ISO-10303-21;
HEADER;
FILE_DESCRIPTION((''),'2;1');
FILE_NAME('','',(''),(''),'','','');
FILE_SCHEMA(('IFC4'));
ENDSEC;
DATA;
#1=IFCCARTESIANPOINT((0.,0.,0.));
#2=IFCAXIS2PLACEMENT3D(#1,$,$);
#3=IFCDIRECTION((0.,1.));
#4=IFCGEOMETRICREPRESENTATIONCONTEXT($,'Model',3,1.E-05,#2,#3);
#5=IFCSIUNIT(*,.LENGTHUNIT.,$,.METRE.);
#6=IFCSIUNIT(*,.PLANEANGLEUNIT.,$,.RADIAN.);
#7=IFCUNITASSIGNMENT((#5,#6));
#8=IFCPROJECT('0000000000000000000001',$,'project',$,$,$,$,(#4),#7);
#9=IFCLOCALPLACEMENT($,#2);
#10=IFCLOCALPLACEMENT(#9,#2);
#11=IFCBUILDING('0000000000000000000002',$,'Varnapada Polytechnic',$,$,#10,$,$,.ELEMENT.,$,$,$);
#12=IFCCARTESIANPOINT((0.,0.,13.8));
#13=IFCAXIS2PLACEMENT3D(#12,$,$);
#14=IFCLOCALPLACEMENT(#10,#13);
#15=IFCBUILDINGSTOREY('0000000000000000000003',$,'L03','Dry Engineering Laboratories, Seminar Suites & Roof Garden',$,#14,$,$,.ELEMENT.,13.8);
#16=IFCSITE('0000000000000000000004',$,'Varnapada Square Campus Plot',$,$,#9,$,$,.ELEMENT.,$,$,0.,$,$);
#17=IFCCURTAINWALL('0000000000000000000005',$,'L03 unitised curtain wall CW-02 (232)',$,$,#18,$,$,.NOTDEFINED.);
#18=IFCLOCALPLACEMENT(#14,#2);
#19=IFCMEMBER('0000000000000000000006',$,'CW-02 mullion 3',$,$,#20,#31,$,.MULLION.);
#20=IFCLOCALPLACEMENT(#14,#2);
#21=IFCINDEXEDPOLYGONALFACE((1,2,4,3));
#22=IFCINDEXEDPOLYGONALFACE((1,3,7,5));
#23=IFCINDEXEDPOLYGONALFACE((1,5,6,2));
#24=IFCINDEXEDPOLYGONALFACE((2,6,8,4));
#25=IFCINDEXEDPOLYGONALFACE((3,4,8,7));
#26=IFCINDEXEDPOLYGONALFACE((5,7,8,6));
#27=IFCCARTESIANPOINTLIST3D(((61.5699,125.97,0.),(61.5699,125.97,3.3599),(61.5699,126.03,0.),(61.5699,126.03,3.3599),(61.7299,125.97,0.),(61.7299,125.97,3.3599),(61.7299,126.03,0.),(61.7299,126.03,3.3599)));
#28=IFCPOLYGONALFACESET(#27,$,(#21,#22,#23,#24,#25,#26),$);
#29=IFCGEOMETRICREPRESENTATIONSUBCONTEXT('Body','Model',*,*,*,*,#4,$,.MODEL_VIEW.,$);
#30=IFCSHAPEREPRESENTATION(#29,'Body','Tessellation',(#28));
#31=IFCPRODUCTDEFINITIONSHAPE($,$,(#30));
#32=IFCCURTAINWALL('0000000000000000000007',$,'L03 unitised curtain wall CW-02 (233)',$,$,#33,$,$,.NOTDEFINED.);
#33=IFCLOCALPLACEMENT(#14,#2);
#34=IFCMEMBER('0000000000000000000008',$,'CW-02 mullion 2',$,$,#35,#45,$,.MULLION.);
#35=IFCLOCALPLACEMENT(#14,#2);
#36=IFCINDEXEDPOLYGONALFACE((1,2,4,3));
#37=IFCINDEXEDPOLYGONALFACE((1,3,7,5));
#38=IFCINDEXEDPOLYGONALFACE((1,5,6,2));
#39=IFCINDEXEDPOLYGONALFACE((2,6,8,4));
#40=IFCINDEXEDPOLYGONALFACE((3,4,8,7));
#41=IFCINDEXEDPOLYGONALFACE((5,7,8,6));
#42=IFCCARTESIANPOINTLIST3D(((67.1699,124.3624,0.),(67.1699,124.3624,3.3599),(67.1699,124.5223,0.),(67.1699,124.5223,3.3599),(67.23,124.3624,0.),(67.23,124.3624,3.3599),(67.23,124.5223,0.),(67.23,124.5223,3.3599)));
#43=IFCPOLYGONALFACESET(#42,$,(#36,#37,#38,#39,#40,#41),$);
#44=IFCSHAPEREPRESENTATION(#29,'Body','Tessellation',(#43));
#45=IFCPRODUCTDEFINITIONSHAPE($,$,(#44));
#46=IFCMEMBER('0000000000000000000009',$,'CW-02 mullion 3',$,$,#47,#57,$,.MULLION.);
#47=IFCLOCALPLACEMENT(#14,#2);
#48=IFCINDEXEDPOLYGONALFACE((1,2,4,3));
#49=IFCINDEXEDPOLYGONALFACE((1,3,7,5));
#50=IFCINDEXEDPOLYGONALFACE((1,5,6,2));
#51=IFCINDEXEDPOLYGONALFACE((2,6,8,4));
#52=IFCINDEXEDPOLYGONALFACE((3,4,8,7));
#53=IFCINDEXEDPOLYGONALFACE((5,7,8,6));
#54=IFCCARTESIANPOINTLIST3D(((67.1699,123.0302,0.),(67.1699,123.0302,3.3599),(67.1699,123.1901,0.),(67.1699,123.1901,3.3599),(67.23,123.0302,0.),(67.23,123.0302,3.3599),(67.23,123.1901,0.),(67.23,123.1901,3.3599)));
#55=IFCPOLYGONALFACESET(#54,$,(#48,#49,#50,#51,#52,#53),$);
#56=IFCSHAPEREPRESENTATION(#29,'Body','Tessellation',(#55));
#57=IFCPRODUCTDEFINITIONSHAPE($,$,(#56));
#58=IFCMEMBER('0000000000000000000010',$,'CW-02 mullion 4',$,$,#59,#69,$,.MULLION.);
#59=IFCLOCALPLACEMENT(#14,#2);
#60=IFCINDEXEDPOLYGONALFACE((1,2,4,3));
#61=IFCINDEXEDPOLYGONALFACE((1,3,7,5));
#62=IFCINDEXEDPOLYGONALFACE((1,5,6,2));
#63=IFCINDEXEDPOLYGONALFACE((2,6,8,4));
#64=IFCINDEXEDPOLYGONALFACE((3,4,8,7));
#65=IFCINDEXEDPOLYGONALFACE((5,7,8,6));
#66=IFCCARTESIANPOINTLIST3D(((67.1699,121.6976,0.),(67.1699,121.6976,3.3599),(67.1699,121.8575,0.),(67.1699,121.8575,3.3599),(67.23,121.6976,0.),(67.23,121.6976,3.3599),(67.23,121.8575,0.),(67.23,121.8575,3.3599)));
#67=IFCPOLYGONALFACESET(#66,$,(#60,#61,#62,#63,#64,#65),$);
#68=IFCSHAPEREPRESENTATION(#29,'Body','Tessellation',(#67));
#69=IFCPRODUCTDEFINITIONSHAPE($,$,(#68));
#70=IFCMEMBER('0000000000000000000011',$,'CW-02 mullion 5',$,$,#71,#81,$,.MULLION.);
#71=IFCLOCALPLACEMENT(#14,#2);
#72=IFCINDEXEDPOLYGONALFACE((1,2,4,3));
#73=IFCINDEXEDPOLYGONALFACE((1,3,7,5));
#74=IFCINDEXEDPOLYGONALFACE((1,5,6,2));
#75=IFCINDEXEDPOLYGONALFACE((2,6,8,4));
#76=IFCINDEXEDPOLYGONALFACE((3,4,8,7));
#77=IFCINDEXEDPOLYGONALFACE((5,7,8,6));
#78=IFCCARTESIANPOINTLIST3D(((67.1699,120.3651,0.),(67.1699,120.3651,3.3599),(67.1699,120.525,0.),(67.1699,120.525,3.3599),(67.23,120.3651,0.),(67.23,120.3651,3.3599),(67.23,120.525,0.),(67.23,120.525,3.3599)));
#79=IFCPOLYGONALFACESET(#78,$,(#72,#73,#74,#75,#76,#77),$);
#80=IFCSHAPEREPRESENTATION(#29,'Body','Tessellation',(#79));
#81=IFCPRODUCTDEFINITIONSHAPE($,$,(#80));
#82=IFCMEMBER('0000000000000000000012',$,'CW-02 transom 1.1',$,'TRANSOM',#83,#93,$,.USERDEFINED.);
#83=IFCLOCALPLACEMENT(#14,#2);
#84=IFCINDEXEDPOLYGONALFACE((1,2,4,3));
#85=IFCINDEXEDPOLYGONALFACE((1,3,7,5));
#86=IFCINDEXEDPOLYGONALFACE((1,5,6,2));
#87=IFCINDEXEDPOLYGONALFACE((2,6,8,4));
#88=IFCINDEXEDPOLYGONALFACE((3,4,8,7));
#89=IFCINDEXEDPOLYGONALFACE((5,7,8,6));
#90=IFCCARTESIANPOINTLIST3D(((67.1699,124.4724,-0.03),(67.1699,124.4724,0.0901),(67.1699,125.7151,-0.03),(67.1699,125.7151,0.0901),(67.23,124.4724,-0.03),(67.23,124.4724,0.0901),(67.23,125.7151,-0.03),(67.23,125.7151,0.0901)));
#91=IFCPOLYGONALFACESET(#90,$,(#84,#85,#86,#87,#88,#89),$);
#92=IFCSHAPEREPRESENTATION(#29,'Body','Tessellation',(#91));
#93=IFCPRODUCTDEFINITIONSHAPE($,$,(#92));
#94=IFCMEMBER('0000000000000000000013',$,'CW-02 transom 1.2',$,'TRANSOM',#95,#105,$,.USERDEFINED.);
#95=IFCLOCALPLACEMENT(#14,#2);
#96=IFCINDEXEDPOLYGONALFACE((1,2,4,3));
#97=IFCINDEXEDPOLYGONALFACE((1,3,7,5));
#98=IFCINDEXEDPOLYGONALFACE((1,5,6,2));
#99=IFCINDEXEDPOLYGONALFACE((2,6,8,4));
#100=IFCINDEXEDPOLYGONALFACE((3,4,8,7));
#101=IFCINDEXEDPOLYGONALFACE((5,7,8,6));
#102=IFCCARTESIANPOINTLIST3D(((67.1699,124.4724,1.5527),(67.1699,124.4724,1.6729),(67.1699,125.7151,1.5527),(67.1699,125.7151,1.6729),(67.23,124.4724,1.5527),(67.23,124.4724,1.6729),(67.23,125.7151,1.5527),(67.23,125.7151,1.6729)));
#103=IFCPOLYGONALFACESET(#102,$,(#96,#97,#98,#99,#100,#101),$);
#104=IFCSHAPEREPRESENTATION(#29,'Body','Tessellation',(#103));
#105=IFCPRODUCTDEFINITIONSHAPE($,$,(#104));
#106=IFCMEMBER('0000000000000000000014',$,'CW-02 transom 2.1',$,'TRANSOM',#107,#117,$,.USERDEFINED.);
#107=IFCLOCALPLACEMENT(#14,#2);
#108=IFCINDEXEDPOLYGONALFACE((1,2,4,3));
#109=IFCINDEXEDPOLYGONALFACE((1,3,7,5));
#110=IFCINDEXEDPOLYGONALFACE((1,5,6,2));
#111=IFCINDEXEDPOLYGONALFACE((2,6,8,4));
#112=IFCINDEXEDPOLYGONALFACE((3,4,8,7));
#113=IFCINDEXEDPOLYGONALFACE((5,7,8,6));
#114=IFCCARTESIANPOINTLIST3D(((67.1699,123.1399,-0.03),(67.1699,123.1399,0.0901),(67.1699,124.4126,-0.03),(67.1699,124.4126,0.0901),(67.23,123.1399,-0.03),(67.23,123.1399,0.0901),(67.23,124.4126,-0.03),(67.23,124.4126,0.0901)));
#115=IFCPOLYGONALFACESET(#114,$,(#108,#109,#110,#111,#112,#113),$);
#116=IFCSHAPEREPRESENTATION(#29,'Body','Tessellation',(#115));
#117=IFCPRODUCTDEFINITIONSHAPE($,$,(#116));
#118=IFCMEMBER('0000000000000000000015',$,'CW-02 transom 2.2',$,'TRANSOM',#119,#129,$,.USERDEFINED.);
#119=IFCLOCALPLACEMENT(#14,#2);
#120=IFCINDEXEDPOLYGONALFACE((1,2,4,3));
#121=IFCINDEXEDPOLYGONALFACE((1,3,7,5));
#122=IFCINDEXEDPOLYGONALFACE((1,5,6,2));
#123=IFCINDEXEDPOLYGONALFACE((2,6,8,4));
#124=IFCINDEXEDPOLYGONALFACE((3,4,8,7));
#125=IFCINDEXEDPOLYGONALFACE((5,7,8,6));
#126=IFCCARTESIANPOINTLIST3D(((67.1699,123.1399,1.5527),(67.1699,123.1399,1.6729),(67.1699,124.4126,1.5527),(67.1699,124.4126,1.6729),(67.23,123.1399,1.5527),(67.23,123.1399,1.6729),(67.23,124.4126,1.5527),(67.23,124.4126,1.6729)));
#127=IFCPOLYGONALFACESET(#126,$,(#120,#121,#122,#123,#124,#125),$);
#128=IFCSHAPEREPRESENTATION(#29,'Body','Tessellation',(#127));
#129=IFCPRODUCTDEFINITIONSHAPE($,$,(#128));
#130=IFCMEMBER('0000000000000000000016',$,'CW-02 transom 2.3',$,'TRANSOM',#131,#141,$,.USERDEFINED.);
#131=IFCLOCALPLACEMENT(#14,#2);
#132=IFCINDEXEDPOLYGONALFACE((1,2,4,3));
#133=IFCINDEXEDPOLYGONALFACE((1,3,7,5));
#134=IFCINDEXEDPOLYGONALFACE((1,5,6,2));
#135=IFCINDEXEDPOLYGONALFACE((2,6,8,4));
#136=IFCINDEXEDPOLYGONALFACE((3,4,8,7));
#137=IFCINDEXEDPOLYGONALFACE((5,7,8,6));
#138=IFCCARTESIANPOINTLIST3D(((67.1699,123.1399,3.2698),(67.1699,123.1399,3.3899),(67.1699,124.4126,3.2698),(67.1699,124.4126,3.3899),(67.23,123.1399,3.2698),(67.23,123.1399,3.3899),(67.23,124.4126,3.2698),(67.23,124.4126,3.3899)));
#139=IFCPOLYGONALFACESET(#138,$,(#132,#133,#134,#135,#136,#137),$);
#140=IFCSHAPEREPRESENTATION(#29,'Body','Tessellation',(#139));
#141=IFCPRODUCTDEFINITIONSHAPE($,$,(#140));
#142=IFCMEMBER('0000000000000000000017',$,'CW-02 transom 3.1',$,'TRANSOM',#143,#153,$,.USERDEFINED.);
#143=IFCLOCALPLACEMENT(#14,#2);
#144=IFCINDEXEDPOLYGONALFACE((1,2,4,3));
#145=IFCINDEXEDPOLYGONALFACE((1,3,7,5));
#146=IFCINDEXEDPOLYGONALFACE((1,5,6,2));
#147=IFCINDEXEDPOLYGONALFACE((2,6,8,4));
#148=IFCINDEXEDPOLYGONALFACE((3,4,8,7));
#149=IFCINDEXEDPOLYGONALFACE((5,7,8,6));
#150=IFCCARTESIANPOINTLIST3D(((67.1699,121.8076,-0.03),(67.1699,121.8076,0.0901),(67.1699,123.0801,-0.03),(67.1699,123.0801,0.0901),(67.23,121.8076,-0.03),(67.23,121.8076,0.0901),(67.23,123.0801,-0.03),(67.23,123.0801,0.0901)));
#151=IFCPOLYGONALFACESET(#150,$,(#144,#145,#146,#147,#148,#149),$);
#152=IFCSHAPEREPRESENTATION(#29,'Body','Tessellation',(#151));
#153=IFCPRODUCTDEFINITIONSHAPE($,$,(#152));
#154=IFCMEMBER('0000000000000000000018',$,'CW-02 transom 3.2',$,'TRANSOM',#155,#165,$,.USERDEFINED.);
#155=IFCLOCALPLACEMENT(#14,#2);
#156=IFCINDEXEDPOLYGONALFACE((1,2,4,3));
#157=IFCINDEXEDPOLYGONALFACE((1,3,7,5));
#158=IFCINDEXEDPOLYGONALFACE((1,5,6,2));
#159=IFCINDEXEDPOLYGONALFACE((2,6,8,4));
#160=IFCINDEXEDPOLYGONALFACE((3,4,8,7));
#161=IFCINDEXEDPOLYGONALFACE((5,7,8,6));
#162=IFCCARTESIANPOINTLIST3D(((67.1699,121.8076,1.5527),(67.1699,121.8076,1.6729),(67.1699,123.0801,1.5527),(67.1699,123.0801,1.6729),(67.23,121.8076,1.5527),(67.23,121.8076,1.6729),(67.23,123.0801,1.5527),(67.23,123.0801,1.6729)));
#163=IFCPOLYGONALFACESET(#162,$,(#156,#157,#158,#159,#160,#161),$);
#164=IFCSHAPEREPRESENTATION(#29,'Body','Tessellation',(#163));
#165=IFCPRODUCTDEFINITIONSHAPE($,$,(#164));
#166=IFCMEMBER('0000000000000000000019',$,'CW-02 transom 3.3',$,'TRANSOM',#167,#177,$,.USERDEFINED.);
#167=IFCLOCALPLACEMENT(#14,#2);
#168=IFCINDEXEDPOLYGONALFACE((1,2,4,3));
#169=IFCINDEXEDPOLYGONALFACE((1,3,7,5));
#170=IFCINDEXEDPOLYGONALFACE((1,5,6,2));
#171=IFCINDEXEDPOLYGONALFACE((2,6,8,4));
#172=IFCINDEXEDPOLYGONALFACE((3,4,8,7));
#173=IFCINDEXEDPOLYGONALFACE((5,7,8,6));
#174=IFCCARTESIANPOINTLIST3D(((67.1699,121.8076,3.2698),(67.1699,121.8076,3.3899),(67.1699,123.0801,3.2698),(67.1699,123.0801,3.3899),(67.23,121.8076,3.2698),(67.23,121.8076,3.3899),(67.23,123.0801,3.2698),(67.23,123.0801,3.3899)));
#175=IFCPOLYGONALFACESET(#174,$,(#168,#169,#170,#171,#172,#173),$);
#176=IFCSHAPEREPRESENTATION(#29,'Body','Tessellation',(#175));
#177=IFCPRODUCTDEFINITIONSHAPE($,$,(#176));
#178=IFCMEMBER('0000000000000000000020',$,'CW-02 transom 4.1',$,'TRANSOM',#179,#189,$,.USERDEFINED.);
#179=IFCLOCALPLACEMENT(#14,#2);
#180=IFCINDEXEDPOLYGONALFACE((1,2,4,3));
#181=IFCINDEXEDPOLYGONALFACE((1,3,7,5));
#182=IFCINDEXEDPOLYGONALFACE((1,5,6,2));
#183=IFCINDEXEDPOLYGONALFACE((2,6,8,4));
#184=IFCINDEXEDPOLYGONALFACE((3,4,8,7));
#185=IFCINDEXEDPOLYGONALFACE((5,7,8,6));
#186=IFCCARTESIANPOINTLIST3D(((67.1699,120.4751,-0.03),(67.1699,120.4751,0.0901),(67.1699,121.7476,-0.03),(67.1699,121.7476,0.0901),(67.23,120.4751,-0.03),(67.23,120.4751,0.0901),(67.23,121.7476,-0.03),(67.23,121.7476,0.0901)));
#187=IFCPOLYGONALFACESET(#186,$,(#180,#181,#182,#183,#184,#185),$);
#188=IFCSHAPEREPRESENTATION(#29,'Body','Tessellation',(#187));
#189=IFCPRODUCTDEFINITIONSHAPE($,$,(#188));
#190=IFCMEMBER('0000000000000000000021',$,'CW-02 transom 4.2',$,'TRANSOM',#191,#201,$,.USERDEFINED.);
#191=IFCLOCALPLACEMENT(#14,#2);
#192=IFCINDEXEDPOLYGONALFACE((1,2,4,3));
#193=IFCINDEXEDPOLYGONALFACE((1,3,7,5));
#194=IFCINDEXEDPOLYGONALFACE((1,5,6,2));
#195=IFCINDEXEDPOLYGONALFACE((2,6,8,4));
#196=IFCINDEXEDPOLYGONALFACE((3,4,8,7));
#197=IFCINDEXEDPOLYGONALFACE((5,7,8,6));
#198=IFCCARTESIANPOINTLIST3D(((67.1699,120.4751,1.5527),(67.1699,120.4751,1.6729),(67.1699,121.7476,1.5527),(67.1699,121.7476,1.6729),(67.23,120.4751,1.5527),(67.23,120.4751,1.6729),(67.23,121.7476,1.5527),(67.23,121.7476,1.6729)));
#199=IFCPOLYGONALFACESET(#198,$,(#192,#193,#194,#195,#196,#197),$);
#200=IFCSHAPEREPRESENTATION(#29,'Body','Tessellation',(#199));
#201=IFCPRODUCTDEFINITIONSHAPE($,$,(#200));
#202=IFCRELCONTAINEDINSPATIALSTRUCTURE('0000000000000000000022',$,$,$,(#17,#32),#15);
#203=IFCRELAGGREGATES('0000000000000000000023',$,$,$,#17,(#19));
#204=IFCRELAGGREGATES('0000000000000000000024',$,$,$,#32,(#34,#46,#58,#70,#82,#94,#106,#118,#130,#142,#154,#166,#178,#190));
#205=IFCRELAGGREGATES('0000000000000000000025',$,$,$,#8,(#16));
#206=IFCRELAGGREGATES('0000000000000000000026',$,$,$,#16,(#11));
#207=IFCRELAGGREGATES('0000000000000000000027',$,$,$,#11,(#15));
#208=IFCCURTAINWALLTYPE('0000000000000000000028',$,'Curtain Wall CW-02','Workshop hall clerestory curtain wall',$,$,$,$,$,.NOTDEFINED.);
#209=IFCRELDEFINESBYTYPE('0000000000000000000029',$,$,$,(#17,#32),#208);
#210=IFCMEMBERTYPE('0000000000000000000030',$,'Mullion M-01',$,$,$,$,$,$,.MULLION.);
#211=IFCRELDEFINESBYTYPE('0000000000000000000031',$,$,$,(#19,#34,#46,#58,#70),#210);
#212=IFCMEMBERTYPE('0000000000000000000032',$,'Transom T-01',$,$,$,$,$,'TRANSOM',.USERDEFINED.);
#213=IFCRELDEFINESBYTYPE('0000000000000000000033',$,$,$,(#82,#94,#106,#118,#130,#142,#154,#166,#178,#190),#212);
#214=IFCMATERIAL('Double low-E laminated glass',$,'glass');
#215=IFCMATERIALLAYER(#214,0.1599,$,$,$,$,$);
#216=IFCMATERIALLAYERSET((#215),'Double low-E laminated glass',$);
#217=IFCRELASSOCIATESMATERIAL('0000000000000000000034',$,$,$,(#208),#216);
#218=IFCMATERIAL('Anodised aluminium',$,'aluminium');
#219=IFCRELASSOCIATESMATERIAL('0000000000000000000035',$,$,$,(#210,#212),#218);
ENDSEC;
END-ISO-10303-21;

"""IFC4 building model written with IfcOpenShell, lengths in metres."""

from ifc_helpers import new_model, si_unit, direction, frame, origin, origin_2d, place, context, subcontext, project, spatial, rectangle, extrude, material, layer, layer_set, material_profile, profile_set, type_object, element, aggregate, save


model = new_model("IFC4")

# Units and contexts
model_context = context("Model", 3, precision=1e-05, world=origin(), true_north=direction((0.0, 1.0)))
body_context = subcontext(model_context, "Body", "Model", "MODEL_VIEW")
ifc_project = project(units=[si_unit("LENGTHUNIT", "METRE"), si_unit("PLANEANGLEUNIT", "RADIAN")], contexts=[model_context])

# Site, building, storey
site_placement = place(None, origin())
site = spatial("IfcSite", under=ifc_project, at=site_placement, Name="Varnapada Square Campus Plot", CompositionType="ELEMENT", RefElevation=0.0)
building_placement = place(site_placement, origin())
building = spatial("IfcBuilding", under=site, at=building_placement, Name="Varnapada Polytechnic", CompositionType="ELEMENT")
storey_placement = place(building_placement, frame((0.0, 0.0, 13.8)))
storey = spatial("IfcBuildingStorey", under=building, at=storey_placement, Name="L03", Description="Dry Engineering Laboratories, Seminar Suites & Roof Garden", CompositionType="ELEMENT", Elevation=13.8)

# Curtain wall, member
ifc_material_1 = material(Name="Double low-E laminated glass", Category="glass")
ifc_layer_1 = layer(ifc_material_1, 0.1599)
ifc_layer_set_1 = layer_set([ifc_layer_1], Name="Double low-E laminated glass")
curtain_wall_type = type_object("IfcCurtainWallType", Name="Curtain Wall CW-02", Description="Workshop hall clerestory curtain wall", PredefinedType="NOTDEFINED", material=ifc_layer_set_1)
curtain_wall_1_placement = place(storey_placement, origin())
curtain_wall_1 = element("IfcCurtainWall", 1, at=curtain_wall_1_placement, inside=storey, type_object=curtain_wall_type, Name="L03 unitised curtain wall CW-02 (232)", PredefinedType="NOTDEFINED")
ifc_material_2 = material(Name="Anodised aluminium", Category="aluminium")
ifc_material_profile_1 = material_profile(ifc_material_2, rectangle(XDim=0.0601, YDim=0.1599, at=origin_2d()), Name="ALU M60x160")
ifc_profile_set_1 = profile_set([ifc_material_profile_1], Name="Anodised aluminium")
member_type_1 = type_object("IfcMemberType", Name="Mullion M-01", PredefinedType="MULLION", material=ifc_profile_set_1)
member_1_placement = place(storey_placement, frame((61.6499, 126.0, 0.0), z_axis=(0.0, 0.0, 1.0), x_axis=(0.0, 1.0, 0.0)))
member_1 = element("IfcMember", 2, at=member_1_placement, type_object=member_type_1, Name="CW-02 mullion 3", PredefinedType="MULLION", context=body_context, shape_type="SweptSolid", body=[
    extrude(rectangle(XDim=0.0601, YDim=0.1599, at=origin_2d()), origin(), (0.0, 0.0, 1.0), 3.3599),
])
aggregate(curtain_wall_1, [member_1])

# Curtain wall, members
curtain_wall_2_placement = place(storey_placement, origin())
curtain_wall_2 = element("IfcCurtainWall", 3, at=curtain_wall_2_placement, inside=storey, type_object=curtain_wall_type, Name="L03 unitised curtain wall CW-02 (233)", PredefinedType="NOTDEFINED")
member_2_placement = place(storey_placement, frame((67.2, 124.4424, 0.0), z_axis=(0.0, 0.0, 1.0), x_axis=(1.0, 0.0, 0.0)))
member_2 = element("IfcMember", 4, at=member_2_placement, type_object=member_type_1, Name="CW-02 mullion 2", PredefinedType="MULLION", context=body_context, shape_type="SweptSolid", body=[
    extrude(rectangle(XDim=0.0601, YDim=0.1599, at=origin_2d()), origin(), (0.0, 0.0, 1.0), 3.3599),
])
member_3_placement = place(storey_placement, frame((67.2, 123.1101, 0.0), z_axis=(0.0, 0.0, 1.0), x_axis=(1.0, 0.0, 0.0)))
member_3 = element("IfcMember", 5, at=member_3_placement, type_object=member_type_1, Name="CW-02 mullion 3", PredefinedType="MULLION", context=body_context, shape_type="SweptSolid", body=[
    extrude(rectangle(XDim=0.0601, YDim=0.1599, at=origin_2d()), origin(), (0.0, 0.0, 1.0), 3.3599),
])
member_4_placement = place(storey_placement, frame((67.2, 121.7776, 0.0), z_axis=(0.0, 0.0, 1.0), x_axis=(1.0, 0.0, 0.0)))
member_4 = element("IfcMember", 6, at=member_4_placement, type_object=member_type_1, Name="CW-02 mullion 4", PredefinedType="MULLION", context=body_context, shape_type="SweptSolid", body=[
    extrude(rectangle(XDim=0.0601, YDim=0.1599, at=origin_2d()), origin(), (0.0, 0.0, 1.0), 3.3599),
])
member_5_placement = place(storey_placement, frame((67.2, 120.4451, 0.0), z_axis=(0.0, 0.0, 1.0), x_axis=(1.0, 0.0, 0.0)))
member_5 = element("IfcMember", 7, at=member_5_placement, type_object=member_type_1, Name="CW-02 mullion 5", PredefinedType="MULLION", context=body_context, shape_type="SweptSolid", body=[
    extrude(rectangle(XDim=0.0601, YDim=0.1599, at=origin_2d()), origin(), (0.0, 0.0, 1.0), 3.3599),
])
ifc_material_profile_2 = material_profile(ifc_material_2, rectangle(XDim=0.0601, YDim=0.1201, at=origin_2d()), Name="ALU T60x120")
ifc_profile_set_2 = profile_set([ifc_material_profile_2], Name="Anodised aluminium")
member_type_2 = type_object("IfcMemberType", Name="Transom T-01", ElementType="TRANSOM", PredefinedType="USERDEFINED", material=ifc_profile_set_2)
member_6_placement = place(storey_placement, frame((67.2, 125.7151, 0.03), z_axis=(0.0, -1.0, 0.0), x_axis=(1.0, 0.0, 0.0)))
member_6 = element("IfcMember", 8, at=member_6_placement, type_object=member_type_2, Name="CW-02 transom 1.1", ObjectType="TRANSOM", PredefinedType="USERDEFINED", context=body_context, shape_type="SweptSolid", body=[
    extrude(rectangle(XDim=0.0601, YDim=0.1201, at=origin_2d()), origin(), (0.0, 0.0, 1.0), 1.2427),
])
member_7_placement = place(storey_placement, frame((67.2, 125.7151, 1.6128), z_axis=(0.0, -1.0, 0.0), x_axis=(1.0, 0.0, 0.0)))
member_7 = element("IfcMember", 9, at=member_7_placement, type_object=member_type_2, Name="CW-02 transom 1.2", ObjectType="TRANSOM", PredefinedType="USERDEFINED", context=body_context, shape_type="SweptSolid", body=[
    extrude(rectangle(XDim=0.0601, YDim=0.1201, at=origin_2d()), origin(), (0.0, 0.0, 1.0), 1.2427),
])
member_8_placement = place(storey_placement, frame((67.2, 124.4126, 0.03), z_axis=(0.0, -1.0, 0.0), x_axis=(1.0, 0.0, 0.0)))
member_8 = element("IfcMember", 10, at=member_8_placement, type_object=member_type_2, Name="CW-02 transom 2.1", ObjectType="TRANSOM", PredefinedType="USERDEFINED", context=body_context, shape_type="SweptSolid", body=[
    extrude(rectangle(XDim=0.0601, YDim=0.1201, at=origin_2d()), origin(), (0.0, 0.0, 1.0), 1.2727),
])
member_9_placement = place(storey_placement, frame((67.2, 124.4126, 1.6128), z_axis=(0.0, -1.0, 0.0), x_axis=(1.0, 0.0, 0.0)))
member_9 = element("IfcMember", 11, at=member_9_placement, type_object=member_type_2, Name="CW-02 transom 2.2", ObjectType="TRANSOM", PredefinedType="USERDEFINED", context=body_context, shape_type="SweptSolid", body=[
    extrude(rectangle(XDim=0.0601, YDim=0.1201, at=origin_2d()), origin(), (0.0, 0.0, 1.0), 1.2727),
])
member_10_placement = place(storey_placement, frame((67.2, 124.4126, 3.3298), z_axis=(0.0, -1.0, 0.0), x_axis=(1.0, 0.0, 0.0)))
member_10 = element("IfcMember", 12, at=member_10_placement, type_object=member_type_2, Name="CW-02 transom 2.3", ObjectType="TRANSOM", PredefinedType="USERDEFINED", context=body_context, shape_type="SweptSolid", body=[
    extrude(rectangle(XDim=0.0601, YDim=0.1201, at=origin_2d()), origin(), (0.0, 0.0, 1.0), 1.2727),
])
member_11_placement = place(storey_placement, frame((67.2, 123.0801, 0.03), z_axis=(0.0, -1.0, 0.0), x_axis=(1.0, 0.0, 0.0)))
member_11 = element("IfcMember", 13, at=member_11_placement, type_object=member_type_2, Name="CW-02 transom 3.1", ObjectType="TRANSOM", PredefinedType="USERDEFINED", context=body_context, shape_type="SweptSolid", body=[
    extrude(rectangle(XDim=0.0601, YDim=0.1201, at=origin_2d()), origin(), (0.0, 0.0, 1.0), 1.2725),
])
member_12_placement = place(storey_placement, frame((67.2, 123.0801, 1.6128), z_axis=(0.0, -1.0, 0.0), x_axis=(1.0, 0.0, 0.0)))
member_12 = element("IfcMember", 14, at=member_12_placement, type_object=member_type_2, Name="CW-02 transom 3.2", ObjectType="TRANSOM", PredefinedType="USERDEFINED", context=body_context, shape_type="SweptSolid", body=[
    extrude(rectangle(XDim=0.0601, YDim=0.1201, at=origin_2d()), origin(), (0.0, 0.0, 1.0), 1.2725),
])
member_13_placement = place(storey_placement, frame((67.2, 123.0801, 3.3298), z_axis=(0.0, -1.0, 0.0), x_axis=(1.0, 0.0, 0.0)))
member_13 = element("IfcMember", 15, at=member_13_placement, type_object=member_type_2, Name="CW-02 transom 3.3", ObjectType="TRANSOM", PredefinedType="USERDEFINED", context=body_context, shape_type="SweptSolid", body=[
    extrude(rectangle(XDim=0.0601, YDim=0.1201, at=origin_2d()), origin(), (0.0, 0.0, 1.0), 1.2725),
])
member_14_placement = place(storey_placement, frame((67.2, 121.7476, 0.03), z_axis=(0.0, -1.0, 0.0), x_axis=(1.0, 0.0, 0.0)))
member_14 = element("IfcMember", 16, at=member_14_placement, type_object=member_type_2, Name="CW-02 transom 4.1", ObjectType="TRANSOM", PredefinedType="USERDEFINED", context=body_context, shape_type="SweptSolid", body=[
    extrude(rectangle(XDim=0.0601, YDim=0.1201, at=origin_2d()), origin(), (0.0, 0.0, 1.0), 1.2725),
])
member_15_placement = place(storey_placement, frame((67.2, 121.7476, 1.6128), z_axis=(0.0, -1.0, 0.0), x_axis=(1.0, 0.0, 0.0)))
member_15 = element("IfcMember", 17, at=member_15_placement, type_object=member_type_2, Name="CW-02 transom 4.2", ObjectType="TRANSOM", PredefinedType="USERDEFINED", context=body_context, shape_type="SweptSolid", body=[
    extrude(rectangle(XDim=0.0601, YDim=0.1201, at=origin_2d()), origin(), (0.0, 0.0, 1.0), 1.2725),
])
aggregate(curtain_wall_2, [member_2, member_3, member_4, member_5, member_6, member_7, member_8, member_9, member_10, member_11, member_12, member_13, member_14, member_15])

save(model, "model.ifc")
